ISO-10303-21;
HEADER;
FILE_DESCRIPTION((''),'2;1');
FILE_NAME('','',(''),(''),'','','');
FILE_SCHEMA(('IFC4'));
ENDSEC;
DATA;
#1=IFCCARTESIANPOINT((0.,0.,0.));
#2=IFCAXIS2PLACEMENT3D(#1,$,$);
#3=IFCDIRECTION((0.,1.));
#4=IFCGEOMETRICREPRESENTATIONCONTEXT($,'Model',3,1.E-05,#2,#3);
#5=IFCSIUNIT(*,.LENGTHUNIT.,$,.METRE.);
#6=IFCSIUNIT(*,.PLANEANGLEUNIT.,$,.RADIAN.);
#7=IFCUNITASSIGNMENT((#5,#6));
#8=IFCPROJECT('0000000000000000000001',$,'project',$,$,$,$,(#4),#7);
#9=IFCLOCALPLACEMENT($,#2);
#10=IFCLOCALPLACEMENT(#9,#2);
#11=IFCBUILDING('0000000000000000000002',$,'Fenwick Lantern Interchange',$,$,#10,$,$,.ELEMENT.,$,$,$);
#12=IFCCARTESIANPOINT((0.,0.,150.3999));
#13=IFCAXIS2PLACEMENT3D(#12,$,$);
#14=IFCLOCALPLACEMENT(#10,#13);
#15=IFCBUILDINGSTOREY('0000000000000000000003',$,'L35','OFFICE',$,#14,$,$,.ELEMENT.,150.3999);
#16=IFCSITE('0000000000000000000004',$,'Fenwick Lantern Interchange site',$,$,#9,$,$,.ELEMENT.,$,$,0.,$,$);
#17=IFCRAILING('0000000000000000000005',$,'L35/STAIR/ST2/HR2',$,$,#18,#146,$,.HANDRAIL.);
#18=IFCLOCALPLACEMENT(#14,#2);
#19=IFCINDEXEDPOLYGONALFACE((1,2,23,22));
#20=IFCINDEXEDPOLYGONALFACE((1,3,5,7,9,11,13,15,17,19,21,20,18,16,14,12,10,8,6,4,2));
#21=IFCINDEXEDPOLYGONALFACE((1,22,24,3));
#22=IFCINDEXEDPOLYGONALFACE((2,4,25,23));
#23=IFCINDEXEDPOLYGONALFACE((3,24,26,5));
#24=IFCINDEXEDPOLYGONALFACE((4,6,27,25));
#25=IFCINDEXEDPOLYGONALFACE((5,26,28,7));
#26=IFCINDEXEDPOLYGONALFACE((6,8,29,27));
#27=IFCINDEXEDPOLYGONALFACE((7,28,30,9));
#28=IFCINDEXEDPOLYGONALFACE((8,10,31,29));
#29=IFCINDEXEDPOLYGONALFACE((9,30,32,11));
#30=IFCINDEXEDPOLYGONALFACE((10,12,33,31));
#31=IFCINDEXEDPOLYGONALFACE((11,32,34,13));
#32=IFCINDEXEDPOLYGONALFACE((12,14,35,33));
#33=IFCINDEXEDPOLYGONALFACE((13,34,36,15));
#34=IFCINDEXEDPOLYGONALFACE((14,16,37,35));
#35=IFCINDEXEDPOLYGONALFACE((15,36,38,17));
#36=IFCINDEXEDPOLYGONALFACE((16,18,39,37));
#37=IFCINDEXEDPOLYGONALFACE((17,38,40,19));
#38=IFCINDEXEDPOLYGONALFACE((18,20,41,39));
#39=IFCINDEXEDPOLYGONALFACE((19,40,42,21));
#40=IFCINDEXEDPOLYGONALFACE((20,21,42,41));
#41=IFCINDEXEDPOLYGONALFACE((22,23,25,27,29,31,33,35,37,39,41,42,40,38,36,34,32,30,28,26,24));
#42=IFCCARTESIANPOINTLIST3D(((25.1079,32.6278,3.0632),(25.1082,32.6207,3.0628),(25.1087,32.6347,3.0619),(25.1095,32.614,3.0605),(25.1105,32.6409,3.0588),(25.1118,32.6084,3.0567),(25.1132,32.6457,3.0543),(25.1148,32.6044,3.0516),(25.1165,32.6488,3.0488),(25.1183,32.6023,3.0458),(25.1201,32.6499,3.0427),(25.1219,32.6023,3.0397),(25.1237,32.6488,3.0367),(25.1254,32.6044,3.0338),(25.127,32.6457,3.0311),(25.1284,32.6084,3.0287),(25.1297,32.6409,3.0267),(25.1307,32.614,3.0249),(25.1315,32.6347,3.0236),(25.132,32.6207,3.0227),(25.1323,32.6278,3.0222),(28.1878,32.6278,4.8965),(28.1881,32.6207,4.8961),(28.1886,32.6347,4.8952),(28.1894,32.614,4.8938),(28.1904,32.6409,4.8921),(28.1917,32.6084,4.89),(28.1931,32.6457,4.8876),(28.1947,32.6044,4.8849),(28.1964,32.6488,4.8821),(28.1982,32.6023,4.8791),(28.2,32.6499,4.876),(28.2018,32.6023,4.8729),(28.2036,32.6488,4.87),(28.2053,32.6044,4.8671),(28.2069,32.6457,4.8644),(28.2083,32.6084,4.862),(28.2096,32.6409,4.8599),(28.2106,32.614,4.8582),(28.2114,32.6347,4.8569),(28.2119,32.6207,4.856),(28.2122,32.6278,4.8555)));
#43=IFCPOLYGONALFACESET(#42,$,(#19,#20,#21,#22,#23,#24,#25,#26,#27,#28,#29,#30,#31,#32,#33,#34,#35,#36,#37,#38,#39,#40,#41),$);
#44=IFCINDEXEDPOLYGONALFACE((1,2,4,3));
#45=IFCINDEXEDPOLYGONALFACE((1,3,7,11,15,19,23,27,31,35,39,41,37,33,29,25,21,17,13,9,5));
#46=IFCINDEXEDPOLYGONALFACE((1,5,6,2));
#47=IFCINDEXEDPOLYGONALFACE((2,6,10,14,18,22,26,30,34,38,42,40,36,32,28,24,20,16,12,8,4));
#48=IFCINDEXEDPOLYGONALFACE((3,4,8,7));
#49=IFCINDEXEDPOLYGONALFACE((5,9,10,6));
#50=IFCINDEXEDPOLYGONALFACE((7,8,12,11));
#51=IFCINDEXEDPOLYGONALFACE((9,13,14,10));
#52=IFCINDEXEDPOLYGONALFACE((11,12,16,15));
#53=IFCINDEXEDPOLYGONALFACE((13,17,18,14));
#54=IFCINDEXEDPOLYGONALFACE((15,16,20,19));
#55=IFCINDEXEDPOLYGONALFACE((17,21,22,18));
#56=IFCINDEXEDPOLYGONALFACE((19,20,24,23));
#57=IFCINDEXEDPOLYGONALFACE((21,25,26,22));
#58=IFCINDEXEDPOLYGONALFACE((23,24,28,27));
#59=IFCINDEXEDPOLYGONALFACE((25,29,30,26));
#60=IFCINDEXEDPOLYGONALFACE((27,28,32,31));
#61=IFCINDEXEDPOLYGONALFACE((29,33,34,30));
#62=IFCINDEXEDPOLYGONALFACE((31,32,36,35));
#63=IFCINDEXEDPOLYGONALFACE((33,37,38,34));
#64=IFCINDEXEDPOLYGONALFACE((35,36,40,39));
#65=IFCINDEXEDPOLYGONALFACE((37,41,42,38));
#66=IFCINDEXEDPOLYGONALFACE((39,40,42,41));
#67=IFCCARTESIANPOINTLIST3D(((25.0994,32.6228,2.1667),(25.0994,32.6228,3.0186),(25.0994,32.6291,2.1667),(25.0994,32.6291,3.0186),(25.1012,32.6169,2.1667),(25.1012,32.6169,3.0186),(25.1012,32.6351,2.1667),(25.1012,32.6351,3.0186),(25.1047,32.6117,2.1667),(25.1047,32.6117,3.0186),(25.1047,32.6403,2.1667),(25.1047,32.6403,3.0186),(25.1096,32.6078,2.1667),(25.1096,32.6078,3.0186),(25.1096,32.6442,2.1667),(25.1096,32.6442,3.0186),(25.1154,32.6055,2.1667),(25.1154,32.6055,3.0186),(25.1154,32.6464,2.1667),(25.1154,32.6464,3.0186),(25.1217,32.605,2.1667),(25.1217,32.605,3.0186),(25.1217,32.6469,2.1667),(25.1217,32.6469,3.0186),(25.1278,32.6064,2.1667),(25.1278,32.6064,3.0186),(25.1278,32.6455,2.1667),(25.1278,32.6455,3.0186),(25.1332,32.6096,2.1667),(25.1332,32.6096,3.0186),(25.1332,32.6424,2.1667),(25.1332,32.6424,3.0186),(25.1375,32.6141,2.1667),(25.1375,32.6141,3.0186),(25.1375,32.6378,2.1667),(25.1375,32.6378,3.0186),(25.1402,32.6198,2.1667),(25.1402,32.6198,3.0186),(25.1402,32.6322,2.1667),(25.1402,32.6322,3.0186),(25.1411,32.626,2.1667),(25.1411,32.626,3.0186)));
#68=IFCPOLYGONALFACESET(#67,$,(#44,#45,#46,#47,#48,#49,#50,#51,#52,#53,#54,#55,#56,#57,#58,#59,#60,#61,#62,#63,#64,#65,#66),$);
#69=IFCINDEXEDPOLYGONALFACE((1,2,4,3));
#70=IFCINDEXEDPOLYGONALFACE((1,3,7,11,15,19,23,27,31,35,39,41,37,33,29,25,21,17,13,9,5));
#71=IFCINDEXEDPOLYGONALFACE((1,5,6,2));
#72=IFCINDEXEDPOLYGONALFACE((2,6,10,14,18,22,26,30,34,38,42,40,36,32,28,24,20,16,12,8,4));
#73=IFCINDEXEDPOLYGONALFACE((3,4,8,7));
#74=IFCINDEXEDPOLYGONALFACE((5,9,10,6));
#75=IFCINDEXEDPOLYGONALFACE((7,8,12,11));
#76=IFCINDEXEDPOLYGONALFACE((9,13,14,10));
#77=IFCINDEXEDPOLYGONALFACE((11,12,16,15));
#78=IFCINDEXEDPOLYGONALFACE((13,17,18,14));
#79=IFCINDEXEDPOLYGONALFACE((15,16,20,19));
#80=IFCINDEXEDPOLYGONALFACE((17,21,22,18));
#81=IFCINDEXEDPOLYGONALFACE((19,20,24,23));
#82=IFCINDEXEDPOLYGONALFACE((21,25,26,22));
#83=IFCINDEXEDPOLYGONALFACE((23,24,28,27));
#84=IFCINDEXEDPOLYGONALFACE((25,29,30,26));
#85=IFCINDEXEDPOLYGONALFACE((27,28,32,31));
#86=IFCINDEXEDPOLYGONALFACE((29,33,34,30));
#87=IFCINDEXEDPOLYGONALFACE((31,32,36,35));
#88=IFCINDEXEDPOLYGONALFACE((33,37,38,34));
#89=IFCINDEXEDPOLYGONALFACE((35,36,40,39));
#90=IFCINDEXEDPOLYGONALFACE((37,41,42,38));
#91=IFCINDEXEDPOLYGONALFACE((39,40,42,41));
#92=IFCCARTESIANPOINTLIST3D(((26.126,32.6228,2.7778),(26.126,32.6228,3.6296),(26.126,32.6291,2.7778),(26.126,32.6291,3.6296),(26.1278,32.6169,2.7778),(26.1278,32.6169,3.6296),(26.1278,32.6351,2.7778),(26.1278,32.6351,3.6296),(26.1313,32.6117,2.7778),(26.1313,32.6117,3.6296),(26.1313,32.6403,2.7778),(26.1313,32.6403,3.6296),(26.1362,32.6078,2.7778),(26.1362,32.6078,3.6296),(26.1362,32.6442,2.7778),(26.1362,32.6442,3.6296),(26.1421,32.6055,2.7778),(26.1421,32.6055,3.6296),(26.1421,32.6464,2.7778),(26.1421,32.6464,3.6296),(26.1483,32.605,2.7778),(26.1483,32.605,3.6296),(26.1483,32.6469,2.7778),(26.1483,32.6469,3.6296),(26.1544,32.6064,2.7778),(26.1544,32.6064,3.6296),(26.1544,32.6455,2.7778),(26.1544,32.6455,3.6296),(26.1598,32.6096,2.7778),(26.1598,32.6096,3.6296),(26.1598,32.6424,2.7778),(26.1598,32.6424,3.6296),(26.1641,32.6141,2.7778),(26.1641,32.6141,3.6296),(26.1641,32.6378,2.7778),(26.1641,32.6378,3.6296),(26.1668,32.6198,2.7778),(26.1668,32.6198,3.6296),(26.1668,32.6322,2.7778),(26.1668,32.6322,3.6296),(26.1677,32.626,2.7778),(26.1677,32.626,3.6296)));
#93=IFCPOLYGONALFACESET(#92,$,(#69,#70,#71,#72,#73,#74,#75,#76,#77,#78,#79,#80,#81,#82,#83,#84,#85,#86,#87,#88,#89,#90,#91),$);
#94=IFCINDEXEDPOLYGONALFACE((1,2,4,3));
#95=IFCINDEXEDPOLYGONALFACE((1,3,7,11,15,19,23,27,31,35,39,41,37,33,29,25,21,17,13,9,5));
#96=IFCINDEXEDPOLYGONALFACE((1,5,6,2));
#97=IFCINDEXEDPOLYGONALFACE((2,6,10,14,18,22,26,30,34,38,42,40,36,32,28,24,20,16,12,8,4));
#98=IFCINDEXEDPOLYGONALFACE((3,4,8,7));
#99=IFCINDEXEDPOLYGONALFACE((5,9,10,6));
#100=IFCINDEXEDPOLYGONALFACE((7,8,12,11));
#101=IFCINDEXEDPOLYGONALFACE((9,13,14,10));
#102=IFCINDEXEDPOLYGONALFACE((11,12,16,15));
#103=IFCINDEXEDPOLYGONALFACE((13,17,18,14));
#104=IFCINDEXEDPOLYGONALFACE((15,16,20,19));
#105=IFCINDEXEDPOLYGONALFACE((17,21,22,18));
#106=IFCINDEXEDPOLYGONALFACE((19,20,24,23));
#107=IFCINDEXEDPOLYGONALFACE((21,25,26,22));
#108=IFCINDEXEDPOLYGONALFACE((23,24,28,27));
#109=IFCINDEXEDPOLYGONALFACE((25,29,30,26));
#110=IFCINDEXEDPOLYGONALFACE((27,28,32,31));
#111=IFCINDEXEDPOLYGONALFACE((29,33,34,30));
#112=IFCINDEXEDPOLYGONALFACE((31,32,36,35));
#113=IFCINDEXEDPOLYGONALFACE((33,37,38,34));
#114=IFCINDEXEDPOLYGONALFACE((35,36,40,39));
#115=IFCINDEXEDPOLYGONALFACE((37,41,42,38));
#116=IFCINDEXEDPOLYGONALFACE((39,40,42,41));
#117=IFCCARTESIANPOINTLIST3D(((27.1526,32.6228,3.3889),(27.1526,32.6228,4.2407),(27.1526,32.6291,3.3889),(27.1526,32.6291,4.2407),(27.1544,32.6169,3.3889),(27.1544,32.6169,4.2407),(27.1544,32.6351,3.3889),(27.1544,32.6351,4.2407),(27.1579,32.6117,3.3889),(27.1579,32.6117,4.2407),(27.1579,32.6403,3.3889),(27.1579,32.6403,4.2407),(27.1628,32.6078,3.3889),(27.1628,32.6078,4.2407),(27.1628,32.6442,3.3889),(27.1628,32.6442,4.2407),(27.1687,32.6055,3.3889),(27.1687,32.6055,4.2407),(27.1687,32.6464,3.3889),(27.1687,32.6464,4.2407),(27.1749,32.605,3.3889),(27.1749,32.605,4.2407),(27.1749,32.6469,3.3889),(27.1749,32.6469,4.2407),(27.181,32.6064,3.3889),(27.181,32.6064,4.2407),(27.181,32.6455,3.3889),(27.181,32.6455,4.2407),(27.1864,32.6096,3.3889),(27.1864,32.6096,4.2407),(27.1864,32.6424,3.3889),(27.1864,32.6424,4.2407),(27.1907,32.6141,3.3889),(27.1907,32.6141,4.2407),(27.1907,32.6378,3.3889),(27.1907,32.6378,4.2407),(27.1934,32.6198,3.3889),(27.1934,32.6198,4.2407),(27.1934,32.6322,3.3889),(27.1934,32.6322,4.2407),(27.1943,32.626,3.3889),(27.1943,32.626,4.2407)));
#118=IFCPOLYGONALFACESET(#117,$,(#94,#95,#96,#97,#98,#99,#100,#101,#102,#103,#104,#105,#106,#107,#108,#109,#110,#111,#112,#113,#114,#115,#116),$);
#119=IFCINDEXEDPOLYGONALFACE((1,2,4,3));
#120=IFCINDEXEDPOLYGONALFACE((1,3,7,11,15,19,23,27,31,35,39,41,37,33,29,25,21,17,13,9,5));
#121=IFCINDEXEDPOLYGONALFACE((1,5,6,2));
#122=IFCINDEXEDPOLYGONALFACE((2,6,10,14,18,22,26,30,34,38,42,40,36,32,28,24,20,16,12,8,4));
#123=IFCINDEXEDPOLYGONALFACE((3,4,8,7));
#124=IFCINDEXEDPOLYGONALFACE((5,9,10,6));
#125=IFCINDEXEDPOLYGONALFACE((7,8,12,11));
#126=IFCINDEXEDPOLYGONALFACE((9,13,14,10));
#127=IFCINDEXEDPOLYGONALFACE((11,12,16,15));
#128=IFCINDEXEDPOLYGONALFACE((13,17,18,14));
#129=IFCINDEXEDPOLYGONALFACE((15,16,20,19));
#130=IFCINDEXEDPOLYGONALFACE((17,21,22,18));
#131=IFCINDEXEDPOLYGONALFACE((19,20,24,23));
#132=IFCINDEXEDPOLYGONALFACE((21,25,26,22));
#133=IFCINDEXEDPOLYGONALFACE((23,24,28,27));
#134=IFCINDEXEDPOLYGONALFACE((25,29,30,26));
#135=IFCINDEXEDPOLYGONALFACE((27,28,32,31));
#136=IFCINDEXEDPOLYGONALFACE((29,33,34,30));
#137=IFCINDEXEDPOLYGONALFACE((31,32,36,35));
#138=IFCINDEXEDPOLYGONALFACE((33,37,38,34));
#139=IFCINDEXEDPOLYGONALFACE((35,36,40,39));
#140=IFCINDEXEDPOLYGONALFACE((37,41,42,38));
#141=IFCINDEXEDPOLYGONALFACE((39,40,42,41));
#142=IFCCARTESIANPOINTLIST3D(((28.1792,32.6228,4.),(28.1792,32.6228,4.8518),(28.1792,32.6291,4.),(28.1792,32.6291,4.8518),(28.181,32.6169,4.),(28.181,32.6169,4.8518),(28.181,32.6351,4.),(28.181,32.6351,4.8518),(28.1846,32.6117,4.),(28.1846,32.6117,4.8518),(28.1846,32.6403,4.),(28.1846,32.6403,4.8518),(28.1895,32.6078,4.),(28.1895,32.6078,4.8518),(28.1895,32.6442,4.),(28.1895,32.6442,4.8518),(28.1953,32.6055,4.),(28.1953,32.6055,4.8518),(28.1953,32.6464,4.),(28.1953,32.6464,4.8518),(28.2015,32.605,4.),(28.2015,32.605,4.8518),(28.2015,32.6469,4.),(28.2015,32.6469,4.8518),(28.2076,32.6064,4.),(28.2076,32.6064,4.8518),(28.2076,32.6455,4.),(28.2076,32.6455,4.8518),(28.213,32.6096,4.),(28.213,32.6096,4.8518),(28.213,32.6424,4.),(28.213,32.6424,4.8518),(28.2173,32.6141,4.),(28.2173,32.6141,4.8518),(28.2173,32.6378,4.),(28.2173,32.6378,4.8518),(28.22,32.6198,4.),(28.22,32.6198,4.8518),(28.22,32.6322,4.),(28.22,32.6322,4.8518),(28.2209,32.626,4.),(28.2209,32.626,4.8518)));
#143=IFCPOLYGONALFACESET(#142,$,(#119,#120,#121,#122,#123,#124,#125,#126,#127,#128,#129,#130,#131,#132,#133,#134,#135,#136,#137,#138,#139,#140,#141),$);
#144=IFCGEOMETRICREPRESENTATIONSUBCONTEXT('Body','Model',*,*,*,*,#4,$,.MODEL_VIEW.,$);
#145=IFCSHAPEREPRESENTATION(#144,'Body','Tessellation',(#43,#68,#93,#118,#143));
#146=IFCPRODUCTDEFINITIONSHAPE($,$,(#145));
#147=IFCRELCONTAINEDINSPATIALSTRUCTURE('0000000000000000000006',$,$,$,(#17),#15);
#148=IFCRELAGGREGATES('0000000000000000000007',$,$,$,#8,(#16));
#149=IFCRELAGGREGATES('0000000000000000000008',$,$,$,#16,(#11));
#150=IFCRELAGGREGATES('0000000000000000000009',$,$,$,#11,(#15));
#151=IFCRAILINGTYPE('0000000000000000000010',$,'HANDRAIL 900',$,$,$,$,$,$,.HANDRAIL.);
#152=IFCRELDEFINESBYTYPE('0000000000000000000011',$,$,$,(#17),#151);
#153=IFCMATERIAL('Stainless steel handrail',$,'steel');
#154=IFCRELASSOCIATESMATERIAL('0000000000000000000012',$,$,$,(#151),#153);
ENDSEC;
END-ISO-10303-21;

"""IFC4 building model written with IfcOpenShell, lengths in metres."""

from ifc_helpers import new_model, si_unit, direction, frame, origin, origin_2d, place, context, subcontext, project, spatial, circle, extrude, material, type_object, element, save


model = new_model("IFC4")

# Units and contexts
model_context = context("Model", 3, precision=1e-05, world=origin(), true_north=direction((0.0, 1.0)))
body_context = subcontext(model_context, "Body", "Model", "MODEL_VIEW")
ifc_project = project(units=[si_unit("LENGTHUNIT", "METRE"), si_unit("PLANEANGLEUNIT", "RADIAN")], contexts=[model_context])

# Site, building, storey
site_placement = place(None, origin())
site = spatial("IfcSite", under=ifc_project, at=site_placement, Name="Fenwick Lantern Interchange site", CompositionType="ELEMENT", RefElevation=0.0)
building_placement = place(site_placement, origin())
building = spatial("IfcBuilding", under=site, at=building_placement, Name="Fenwick Lantern Interchange", CompositionType="ELEMENT")
storey_placement = place(building_placement, frame((0.0, 0.0, 150.3999)))
storey = spatial("IfcBuildingStorey", under=building, at=storey_placement, Name="L35", Description="OFFICE", CompositionType="ELEMENT", Elevation=150.3999)

# Railing
ifc_material_1 = material(Name="Stainless steel handrail", Category="steel")
railing_type = type_object("IfcRailingType", Name="HANDRAIL 900", PredefinedType="HANDRAIL", material=ifc_material_1)
railing_1_placement = place(storey_placement, frame((25.1201, 32.626, 2.1667)))
element("IfcRailing", 1, at=railing_1_placement, inside=storey, type_object=railing_type, Name="L35/STAIR/ST2/HR2", PredefinedType="HANDRAIL", context=body_context, shape_type="SweptSolid", body=[
    extrude(circle(Radius=0.0239, at=origin_2d()), frame((0.0, 0.0, 0.876), z_axis=(0.859291, 0.0, 0.511487), x_axis=(0.0, 1.0, 0.0)), (0.0, 0.0, 1.0), 3.5842),
    extrude(circle(Radius=0.021, at=origin_2d()), origin(), (0.0, 0.0, 1.0), 0.8518),
    extrude(circle(Radius=0.021, at=origin_2d()), frame((1.0266, 0.0, 0.6111)), (0.0, 0.0, 1.0), 0.8518),
    extrude(circle(Radius=0.021, at=origin_2d()), frame((2.0532, 0.0, 1.2222)), (0.0, 0.0, 1.0), 0.8518),
    extrude(circle(Radius=0.021, at=origin_2d()), frame((3.0798, 0.0, 1.8333)), (0.0, 0.0, 1.0), 0.8518),
])

save(model, "model.ifc")
